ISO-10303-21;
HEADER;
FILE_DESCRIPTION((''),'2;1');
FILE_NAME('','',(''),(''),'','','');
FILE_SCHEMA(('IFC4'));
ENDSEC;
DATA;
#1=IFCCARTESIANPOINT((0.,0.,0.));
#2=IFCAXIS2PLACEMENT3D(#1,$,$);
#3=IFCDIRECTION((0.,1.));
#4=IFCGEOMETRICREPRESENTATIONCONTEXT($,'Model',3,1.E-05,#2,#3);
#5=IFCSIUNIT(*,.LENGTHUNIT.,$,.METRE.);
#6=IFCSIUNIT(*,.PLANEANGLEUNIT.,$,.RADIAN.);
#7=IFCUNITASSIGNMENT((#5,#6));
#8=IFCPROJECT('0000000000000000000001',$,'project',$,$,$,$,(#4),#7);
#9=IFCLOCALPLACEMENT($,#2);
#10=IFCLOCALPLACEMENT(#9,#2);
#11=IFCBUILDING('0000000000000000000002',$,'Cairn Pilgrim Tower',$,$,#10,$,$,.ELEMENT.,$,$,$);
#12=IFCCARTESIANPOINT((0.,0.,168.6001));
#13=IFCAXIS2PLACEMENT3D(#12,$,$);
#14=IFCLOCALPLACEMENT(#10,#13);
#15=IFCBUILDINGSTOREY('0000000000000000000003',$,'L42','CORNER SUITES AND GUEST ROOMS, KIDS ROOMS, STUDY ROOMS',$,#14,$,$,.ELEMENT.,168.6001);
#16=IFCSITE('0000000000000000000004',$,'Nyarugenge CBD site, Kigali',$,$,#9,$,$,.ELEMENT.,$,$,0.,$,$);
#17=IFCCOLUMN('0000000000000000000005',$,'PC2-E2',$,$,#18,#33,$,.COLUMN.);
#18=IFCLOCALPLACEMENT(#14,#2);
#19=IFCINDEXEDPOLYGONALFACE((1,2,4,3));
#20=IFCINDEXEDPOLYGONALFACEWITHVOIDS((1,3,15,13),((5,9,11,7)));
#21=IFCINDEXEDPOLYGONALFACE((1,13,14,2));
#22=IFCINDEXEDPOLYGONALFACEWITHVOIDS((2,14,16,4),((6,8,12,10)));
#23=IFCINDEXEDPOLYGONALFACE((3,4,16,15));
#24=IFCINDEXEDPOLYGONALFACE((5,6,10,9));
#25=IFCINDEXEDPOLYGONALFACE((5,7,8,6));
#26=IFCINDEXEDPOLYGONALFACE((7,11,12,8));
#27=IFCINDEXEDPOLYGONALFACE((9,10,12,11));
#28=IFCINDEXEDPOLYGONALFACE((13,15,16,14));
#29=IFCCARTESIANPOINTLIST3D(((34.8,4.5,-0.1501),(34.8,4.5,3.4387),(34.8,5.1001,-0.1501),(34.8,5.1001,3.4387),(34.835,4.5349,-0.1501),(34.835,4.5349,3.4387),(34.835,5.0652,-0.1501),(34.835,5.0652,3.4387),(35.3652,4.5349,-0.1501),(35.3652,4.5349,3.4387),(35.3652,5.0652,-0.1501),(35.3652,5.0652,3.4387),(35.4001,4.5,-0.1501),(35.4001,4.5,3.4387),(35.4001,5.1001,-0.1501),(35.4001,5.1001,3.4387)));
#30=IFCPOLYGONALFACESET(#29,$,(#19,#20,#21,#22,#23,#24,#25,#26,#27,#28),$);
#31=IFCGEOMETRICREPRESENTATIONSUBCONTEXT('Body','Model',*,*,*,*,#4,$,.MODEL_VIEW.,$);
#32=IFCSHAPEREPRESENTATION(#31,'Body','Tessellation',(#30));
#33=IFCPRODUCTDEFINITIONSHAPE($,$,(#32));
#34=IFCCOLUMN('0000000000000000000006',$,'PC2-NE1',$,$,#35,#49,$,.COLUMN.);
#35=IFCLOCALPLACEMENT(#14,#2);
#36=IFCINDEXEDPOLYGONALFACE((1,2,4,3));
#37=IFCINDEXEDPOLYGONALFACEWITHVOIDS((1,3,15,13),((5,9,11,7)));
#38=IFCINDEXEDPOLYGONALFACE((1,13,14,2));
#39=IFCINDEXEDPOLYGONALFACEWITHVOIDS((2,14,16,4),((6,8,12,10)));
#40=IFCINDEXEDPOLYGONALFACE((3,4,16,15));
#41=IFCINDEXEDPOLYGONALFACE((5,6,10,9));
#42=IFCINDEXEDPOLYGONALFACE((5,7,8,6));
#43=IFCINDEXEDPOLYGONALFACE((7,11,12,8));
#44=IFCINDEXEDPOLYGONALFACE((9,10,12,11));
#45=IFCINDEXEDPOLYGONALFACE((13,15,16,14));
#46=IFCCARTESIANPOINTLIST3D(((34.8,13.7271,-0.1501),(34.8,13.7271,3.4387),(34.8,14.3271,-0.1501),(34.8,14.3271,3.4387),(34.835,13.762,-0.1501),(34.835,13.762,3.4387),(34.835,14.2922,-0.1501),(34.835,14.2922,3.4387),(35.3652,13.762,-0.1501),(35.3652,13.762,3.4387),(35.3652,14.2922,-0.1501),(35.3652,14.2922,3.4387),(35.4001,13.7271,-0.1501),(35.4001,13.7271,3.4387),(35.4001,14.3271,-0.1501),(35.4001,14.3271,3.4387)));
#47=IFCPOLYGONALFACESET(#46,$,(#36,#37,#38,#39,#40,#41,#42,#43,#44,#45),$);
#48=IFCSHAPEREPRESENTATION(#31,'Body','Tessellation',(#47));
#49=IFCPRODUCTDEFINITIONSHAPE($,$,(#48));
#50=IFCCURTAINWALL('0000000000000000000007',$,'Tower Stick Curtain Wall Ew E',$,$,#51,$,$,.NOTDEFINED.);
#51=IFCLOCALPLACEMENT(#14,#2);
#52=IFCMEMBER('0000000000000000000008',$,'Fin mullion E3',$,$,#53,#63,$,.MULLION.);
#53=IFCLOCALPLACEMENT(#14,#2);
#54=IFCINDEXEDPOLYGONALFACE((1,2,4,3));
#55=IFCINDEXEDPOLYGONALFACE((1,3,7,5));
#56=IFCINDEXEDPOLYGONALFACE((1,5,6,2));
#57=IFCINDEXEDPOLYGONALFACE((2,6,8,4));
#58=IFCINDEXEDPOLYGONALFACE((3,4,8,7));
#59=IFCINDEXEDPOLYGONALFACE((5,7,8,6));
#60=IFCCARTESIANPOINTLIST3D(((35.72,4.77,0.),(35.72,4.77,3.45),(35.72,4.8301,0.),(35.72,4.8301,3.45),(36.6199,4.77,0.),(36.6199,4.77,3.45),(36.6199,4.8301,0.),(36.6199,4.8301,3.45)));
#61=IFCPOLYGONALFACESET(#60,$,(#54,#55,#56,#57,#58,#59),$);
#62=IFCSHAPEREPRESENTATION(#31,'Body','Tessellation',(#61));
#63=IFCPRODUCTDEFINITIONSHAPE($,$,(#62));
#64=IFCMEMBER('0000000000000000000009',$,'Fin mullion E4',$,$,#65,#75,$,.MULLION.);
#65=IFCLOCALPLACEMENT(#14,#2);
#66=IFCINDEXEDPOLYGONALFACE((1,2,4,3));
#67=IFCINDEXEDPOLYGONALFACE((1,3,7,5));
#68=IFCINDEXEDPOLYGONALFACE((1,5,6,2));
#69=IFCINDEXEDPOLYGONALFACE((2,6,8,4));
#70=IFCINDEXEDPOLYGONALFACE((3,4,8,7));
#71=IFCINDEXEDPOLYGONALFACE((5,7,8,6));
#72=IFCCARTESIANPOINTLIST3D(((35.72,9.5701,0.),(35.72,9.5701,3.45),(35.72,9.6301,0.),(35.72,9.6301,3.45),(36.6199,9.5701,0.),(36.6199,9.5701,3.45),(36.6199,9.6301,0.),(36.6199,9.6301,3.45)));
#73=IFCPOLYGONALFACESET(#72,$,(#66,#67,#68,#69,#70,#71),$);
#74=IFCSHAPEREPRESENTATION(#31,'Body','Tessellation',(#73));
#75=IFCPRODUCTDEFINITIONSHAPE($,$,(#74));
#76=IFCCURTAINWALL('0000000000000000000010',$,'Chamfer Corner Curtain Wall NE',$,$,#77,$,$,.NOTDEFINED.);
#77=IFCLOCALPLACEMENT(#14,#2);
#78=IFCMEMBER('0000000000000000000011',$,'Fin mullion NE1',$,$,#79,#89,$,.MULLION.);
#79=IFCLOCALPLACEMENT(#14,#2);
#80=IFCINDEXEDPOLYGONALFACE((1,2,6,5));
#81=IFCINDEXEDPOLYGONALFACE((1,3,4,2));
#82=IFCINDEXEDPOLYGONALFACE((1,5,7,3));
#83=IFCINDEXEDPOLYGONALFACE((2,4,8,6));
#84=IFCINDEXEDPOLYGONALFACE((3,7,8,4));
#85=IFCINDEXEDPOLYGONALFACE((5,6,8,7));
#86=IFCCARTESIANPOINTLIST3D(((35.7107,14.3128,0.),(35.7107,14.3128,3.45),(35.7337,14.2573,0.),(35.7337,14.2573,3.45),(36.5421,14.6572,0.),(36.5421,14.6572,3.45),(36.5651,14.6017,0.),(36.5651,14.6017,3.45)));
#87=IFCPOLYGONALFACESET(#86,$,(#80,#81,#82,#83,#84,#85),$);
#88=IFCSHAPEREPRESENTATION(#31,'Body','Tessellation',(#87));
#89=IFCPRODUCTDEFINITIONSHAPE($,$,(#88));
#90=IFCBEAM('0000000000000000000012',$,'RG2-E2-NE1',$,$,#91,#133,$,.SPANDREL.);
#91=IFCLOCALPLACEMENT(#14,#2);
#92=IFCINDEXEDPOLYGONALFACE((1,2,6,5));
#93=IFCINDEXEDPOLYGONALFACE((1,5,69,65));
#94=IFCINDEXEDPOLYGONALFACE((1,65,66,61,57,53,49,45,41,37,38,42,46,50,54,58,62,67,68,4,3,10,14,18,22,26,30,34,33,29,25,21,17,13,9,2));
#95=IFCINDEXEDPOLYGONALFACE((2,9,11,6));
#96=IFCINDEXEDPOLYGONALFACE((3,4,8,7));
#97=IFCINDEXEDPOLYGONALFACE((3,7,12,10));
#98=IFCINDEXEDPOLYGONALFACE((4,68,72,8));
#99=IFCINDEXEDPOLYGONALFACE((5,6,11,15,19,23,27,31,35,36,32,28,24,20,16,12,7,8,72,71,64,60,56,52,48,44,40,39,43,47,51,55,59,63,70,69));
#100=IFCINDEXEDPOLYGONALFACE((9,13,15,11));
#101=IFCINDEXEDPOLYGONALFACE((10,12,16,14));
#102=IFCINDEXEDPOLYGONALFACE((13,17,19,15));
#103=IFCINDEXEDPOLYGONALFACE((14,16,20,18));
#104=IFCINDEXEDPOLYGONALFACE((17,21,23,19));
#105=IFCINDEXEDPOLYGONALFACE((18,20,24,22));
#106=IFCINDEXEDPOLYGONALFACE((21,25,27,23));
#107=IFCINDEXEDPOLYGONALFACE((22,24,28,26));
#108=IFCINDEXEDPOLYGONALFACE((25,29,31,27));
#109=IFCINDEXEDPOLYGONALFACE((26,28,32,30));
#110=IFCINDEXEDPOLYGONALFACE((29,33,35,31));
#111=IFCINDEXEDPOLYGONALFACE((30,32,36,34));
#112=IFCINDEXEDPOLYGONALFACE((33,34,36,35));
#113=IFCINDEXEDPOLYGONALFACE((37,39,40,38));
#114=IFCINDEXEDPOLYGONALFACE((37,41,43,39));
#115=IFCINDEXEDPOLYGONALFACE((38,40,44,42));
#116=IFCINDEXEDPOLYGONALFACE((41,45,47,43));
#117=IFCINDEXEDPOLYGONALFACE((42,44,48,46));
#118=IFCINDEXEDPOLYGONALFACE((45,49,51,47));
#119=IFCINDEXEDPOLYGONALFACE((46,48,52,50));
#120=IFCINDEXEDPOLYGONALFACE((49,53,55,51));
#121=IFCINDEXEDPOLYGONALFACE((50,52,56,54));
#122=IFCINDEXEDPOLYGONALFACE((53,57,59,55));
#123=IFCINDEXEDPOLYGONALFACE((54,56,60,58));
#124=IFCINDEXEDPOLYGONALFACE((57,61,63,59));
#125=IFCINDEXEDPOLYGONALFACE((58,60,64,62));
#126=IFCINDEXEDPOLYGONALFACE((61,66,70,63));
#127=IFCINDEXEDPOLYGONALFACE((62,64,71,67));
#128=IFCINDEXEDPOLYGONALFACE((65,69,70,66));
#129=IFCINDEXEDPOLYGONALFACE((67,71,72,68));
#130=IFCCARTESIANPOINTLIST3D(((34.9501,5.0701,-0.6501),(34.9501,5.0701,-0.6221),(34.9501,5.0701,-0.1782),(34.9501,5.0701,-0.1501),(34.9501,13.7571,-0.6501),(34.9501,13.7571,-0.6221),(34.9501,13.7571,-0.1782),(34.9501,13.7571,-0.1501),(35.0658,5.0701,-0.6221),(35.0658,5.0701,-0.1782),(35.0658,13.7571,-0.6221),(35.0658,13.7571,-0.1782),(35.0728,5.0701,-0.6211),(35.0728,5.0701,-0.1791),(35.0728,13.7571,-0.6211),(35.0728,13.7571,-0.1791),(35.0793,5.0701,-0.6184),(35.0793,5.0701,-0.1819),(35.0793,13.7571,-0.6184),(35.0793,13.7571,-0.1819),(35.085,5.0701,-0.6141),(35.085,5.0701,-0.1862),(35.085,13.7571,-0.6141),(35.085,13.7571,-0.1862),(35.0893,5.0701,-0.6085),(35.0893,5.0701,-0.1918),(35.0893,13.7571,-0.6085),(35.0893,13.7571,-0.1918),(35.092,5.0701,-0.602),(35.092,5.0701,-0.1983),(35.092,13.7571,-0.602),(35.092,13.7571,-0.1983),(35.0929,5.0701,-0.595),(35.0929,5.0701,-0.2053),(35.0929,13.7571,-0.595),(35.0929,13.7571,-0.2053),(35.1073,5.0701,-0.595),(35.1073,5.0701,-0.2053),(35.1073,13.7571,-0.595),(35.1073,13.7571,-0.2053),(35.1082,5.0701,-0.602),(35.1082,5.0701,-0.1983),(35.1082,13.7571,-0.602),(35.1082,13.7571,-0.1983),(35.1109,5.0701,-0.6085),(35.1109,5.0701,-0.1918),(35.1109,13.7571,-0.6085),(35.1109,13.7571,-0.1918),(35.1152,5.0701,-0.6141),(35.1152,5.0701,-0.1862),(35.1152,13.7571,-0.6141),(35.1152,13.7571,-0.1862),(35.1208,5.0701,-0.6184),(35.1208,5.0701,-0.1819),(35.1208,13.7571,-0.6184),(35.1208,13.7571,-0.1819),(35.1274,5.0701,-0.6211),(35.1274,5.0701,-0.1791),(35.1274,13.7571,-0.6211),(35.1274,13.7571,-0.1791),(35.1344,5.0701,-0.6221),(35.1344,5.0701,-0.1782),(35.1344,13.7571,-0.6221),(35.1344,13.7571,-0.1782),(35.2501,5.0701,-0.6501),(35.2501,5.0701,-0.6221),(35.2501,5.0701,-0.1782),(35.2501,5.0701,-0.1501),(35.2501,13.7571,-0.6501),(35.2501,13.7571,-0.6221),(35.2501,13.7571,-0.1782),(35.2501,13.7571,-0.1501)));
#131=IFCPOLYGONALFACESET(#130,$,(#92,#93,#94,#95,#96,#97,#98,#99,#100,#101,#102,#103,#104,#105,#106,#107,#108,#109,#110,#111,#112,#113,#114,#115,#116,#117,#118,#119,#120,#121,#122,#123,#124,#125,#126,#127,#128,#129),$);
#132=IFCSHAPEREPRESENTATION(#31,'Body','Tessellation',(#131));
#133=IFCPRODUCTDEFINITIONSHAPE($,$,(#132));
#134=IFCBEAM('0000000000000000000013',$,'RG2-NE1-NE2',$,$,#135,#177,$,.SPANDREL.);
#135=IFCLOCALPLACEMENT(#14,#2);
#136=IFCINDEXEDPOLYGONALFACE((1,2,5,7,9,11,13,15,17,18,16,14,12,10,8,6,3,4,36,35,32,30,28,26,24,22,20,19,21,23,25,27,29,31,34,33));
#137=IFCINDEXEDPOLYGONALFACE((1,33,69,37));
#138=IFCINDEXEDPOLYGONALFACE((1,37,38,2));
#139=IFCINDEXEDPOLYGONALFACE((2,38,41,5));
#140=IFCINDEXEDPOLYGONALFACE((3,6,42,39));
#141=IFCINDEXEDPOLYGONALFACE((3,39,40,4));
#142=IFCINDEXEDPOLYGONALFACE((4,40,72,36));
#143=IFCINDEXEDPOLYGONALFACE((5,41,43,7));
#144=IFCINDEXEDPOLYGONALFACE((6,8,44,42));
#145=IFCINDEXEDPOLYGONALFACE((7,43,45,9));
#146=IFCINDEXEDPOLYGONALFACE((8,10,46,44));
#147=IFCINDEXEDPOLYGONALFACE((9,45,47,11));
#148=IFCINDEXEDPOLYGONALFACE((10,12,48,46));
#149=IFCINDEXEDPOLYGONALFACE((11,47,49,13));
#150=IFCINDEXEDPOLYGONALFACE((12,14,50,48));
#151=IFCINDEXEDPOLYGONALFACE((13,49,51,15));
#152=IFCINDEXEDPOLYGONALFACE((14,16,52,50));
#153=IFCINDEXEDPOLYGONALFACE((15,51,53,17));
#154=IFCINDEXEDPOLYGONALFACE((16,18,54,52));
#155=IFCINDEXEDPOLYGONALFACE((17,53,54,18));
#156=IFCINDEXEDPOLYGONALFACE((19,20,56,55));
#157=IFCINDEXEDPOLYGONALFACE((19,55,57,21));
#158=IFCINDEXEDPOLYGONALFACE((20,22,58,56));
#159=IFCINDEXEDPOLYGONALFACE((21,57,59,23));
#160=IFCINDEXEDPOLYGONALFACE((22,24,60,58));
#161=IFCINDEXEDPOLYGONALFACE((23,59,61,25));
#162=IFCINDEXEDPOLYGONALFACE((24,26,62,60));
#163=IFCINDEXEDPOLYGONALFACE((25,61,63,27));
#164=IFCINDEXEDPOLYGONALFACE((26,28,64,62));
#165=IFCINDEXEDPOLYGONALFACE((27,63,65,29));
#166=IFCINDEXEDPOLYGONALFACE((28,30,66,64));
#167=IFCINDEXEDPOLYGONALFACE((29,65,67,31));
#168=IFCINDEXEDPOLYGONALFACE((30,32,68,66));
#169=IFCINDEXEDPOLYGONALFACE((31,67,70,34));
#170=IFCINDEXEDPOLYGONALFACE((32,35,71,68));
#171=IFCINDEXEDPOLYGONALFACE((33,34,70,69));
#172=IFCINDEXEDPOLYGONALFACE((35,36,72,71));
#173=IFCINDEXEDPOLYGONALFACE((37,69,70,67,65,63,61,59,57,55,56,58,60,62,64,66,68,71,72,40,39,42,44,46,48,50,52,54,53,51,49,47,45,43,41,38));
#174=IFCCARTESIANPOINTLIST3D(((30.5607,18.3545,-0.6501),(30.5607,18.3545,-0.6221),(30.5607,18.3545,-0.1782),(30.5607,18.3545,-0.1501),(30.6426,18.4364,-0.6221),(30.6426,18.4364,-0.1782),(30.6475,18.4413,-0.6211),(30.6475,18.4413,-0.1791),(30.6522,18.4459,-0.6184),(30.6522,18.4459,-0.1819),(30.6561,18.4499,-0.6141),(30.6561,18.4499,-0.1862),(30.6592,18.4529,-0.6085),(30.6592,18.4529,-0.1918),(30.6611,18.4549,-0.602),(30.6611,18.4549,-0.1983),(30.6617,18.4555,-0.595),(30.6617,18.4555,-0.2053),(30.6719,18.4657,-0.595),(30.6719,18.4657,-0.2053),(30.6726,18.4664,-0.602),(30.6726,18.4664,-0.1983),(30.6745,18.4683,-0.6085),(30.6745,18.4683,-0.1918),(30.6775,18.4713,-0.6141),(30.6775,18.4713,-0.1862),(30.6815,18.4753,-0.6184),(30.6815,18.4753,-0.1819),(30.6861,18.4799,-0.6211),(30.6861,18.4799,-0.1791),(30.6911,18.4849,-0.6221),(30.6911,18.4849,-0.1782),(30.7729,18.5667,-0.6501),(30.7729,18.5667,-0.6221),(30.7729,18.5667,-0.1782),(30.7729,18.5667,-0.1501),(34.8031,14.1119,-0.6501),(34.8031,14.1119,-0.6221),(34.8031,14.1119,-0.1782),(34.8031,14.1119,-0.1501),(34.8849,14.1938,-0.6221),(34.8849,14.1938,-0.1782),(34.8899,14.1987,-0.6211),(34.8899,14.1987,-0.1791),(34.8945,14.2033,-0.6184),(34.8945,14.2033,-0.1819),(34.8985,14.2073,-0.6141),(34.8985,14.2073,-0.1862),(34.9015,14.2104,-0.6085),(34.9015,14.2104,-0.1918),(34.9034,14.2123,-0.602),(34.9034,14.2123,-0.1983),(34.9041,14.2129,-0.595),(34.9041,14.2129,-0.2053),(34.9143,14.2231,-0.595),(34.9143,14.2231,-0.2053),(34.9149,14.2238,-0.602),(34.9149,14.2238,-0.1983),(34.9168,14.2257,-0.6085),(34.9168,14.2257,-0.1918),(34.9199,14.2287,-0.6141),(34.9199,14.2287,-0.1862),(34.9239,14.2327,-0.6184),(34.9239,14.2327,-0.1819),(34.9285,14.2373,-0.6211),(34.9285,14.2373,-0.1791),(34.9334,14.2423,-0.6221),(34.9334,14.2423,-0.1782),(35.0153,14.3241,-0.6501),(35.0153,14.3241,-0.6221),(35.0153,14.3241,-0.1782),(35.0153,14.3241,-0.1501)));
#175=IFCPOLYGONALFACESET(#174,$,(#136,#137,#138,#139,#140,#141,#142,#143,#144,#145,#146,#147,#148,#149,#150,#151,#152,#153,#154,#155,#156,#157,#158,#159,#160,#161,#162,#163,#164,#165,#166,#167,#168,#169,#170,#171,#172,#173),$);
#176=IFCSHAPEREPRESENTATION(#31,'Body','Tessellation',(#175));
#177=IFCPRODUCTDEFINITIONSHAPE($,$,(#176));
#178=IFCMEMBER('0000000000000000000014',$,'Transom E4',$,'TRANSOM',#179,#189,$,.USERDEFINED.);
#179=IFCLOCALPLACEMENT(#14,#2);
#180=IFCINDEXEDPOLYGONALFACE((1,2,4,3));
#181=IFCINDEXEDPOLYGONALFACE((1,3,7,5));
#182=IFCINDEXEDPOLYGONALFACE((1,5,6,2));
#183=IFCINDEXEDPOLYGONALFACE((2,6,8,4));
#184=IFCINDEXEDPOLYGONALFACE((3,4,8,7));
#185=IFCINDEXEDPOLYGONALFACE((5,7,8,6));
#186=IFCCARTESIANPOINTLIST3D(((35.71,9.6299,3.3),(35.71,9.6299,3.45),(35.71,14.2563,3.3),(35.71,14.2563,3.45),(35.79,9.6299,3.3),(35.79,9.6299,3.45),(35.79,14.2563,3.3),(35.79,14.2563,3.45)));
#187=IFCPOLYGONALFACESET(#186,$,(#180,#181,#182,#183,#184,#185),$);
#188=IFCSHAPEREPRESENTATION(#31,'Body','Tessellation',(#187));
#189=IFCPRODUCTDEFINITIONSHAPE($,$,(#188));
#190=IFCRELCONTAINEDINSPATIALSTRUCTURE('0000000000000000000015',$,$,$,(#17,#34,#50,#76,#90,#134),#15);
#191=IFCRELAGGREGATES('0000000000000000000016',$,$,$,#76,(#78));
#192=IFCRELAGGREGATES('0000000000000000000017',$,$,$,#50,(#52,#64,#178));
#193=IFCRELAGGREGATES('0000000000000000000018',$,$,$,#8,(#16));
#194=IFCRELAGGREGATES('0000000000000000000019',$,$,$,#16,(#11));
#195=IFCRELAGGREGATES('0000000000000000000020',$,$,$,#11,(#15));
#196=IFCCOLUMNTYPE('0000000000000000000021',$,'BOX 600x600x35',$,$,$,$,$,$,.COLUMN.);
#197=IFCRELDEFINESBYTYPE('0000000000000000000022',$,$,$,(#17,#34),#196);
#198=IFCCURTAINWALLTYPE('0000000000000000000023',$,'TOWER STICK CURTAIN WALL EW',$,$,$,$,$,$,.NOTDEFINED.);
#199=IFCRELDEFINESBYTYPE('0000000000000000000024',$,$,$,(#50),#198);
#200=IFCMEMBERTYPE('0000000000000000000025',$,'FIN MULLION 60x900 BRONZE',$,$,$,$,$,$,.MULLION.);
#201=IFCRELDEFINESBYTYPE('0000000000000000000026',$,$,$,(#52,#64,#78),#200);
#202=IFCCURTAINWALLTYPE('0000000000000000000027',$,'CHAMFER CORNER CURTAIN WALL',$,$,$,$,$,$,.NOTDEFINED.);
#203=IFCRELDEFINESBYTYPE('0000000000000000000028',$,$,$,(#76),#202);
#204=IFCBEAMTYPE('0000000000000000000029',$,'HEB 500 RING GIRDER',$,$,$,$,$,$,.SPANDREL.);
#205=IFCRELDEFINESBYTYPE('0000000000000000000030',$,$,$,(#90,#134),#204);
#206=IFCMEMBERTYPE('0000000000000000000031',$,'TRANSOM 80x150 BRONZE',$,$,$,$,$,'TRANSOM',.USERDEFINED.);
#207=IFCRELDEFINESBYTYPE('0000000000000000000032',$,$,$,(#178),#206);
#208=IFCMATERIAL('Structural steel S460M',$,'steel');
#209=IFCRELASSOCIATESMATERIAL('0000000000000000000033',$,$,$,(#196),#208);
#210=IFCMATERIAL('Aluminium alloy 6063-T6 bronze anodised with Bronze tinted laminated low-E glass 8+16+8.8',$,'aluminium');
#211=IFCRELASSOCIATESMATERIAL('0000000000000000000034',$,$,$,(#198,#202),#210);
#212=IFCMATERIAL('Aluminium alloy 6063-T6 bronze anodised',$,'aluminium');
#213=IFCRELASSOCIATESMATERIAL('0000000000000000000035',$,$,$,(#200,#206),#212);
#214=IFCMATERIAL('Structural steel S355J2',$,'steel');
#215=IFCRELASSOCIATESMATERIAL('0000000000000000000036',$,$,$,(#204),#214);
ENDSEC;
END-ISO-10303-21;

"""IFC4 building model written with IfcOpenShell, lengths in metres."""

from ifc_helpers import new_model, si_unit, direction, frame, origin, origin_2d, place, context, subcontext, project, spatial, rectangle, hollow_rectangle, i_section, extrude, clip, halfspace, material, material_profile, profile_set, type_object, element, aggregate, save


model = new_model("IFC4")

# Units and contexts
model_context = context("Model", 3, precision=1e-05, world=origin(), true_north=direction((0.0, 1.0)))
body_context = subcontext(model_context, "Body", "Model", "MODEL_VIEW")
ifc_project = project(units=[si_unit("LENGTHUNIT", "METRE"), si_unit("PLANEANGLEUNIT", "RADIAN")], contexts=[model_context])

# Site, building, storey
site_placement = place(None, origin())
site = spatial("IfcSite", under=ifc_project, at=site_placement, Name="Nyarugenge CBD site, Kigali", CompositionType="ELEMENT", RefElevation=0.0)
building_placement = place(site_placement, origin())
building = spatial("IfcBuilding", under=site, at=building_placement, Name="Cairn Pilgrim Tower", CompositionType="ELEMENT")
storey_placement = place(building_placement, frame((0.0, 0.0, 168.6001)))
storey = spatial("IfcBuildingStorey", under=building, at=storey_placement, Name="L42", Description="CORNER SUITES AND GUEST ROOMS, KIDS ROOMS, STUDY ROOMS", CompositionType="ELEMENT", Elevation=168.6001)

# Columns
ifc_material_1 = material(Name="Structural steel S460M", Category="steel")
ifc_material_profile_1 = material_profile(ifc_material_1, hollow_rectangle(XDim=0.6001, YDim=0.6001, WallThickness=0.0349, at=origin_2d()), Name="BOX 600x600x35")
ifc_profile_set_1 = profile_set([ifc_material_profile_1], Name="Structural steel S460M")
column_type = type_object("IfcColumnType", Name="BOX 600x600x35", PredefinedType="COLUMN", material=ifc_profile_set_1)
for number, where, z_axis, x_axis, name in (
    (1, (35.1001, 4.8, -0.1501), (0.0, 0.0, 1.0), (1.0, 0.0, 0.0), "PC2-E2"),
    (2, (35.1001, 14.0271, -0.1501), (0.0, 0.0, 1.0), (1.0, 0.0, 0.0), "PC2-NE1"),
):
    element("IfcColumn", number, at=place(storey_placement, frame(where, z_axis=z_axis, x_axis=x_axis)), inside=storey, type_object=column_type, Name=name, PredefinedType="COLUMN", context=body_context, shape_type="Clipping", body=[
        clip(extrude(hollow_rectangle(XDim=0.6001, YDim=0.6001, WallThickness=0.0349, at=origin_2d()), origin(), (0.0, 0.0, 1.0), 3.6001), halfspace(frame((0.0, 0.0, 3.5889), z_axis=(0.0, 0.0, 1.0), x_axis=(1.0, 0.0, 0.0)), False)),
    ])

# Curtain wall, members
ifc_material_2 = material(Name="Aluminium alloy 6063-T6 bronze anodised with Bronze tinted laminated low-E glass 8+16+8.8", Category="aluminium")
curtain_wall_type_1 = type_object("IfcCurtainWallType", Name="TOWER STICK CURTAIN WALL EW", PredefinedType="NOTDEFINED", material=ifc_material_2)
curtain_wall_1_placement = place(storey_placement, origin())
curtain_wall_1 = element("IfcCurtainWall", 3, at=curtain_wall_1_placement, inside=storey, type_object=curtain_wall_type_1, Name="Tower Stick Curtain Wall Ew E", PredefinedType="NOTDEFINED")
ifc_material_3 = material(Name="Aluminium alloy 6063-T6 bronze anodised", Category="aluminium")
ifc_material_profile_2 = material_profile(ifc_material_3, rectangle(XDim=0.8999, YDim=0.0601, at=origin_2d()), Name="FIN MULLION 60x900 BRONZE")
ifc_profile_set_2 = profile_set([ifc_material_profile_2], Name="Aluminium alloy 6063-T6 bronze anodised")
member_type_1 = type_object("IfcMemberType", Name="FIN MULLION 60x900 BRONZE", PredefinedType="MULLION", material=ifc_profile_set_2)
member_1_placement = place(storey_placement, frame((36.1699, 4.8, 0.0), z_axis=(0.0, 0.0, 1.0), x_axis=(1.0, 0.0, 0.0)))
member_1 = element("IfcMember", 4, at=member_1_placement, type_object=member_type_1, Name="Fin mullion E3", PredefinedType="MULLION", context=body_context, shape_type="SweptSolid", body=[
    extrude(rectangle(XDim=0.8999, YDim=0.0601, at=origin_2d()), origin(), (0.0, 0.0, 1.0), 3.45),
])
member_2_placement = place(storey_placement, frame((36.1699, 9.6001, 0.0), z_axis=(0.0, 0.0, 1.0), x_axis=(1.0, 0.0, 0.0)))
member_2 = element("IfcMember", 5, at=member_2_placement, type_object=member_type_1, Name="Fin mullion E4", PredefinedType="MULLION", context=body_context, shape_type="SweptSolid", body=[
    extrude(rectangle(XDim=0.8999, YDim=0.0601, at=origin_2d()), origin(), (0.0, 0.0, 1.0), 3.45),
])

# Curtain wall, member
curtain_wall_type_2 = type_object("IfcCurtainWallType", Name="CHAMFER CORNER CURTAIN WALL", PredefinedType="NOTDEFINED", material=ifc_material_2)
curtain_wall_2_placement = place(storey_placement, origin())
curtain_wall_2 = element("IfcCurtainWall", 6, at=curtain_wall_2_placement, inside=storey, type_object=curtain_wall_type_2, Name="Chamfer Corner Curtain Wall NE", PredefinedType="NOTDEFINED")
member_3_placement = place(storey_placement, frame((36.1379, 14.4573, 0.0), z_axis=(0.0, 0.0, 1.0), x_axis=(0.92388, 0.382683, 0.0)))
member_3 = element("IfcMember", 7, at=member_3_placement, type_object=member_type_1, Name="Fin mullion NE1", PredefinedType="MULLION", context=body_context, shape_type="SweptSolid", body=[
    extrude(rectangle(XDim=0.8999, YDim=0.0601, at=origin_2d()), origin(), (0.0, 0.0, 1.0), 3.45),
])

# Beams
ifc_material_4 = material(Name="Structural steel S355J2", Category="steel")
ifc_material_profile_3 = material_profile(ifc_material_4, i_section(OverallWidth=0.3, OverallDepth=0.5, WebThickness=0.0144, FlangeThickness=0.0281, FilletRadius=0.0271, at=origin_2d()), Name="HEB 500")
ifc_profile_set_3 = profile_set([ifc_material_profile_3], Name="Structural steel S355J2")
beam_type = type_object("IfcBeamType", Name="HEB 500 RING GIRDER", PredefinedType="SPANDREL", material=ifc_profile_set_3)
beam_1_placement = place(storey_placement, frame((35.1001, 5.0701, -0.4001), z_axis=(0.0, 1.0, 0.0), x_axis=(-1.0, 0.0, 0.0)))
element("IfcBeam", 8, at=beam_1_placement, inside=storey, type_object=beam_type, Name="RG2-E2-NE1", PredefinedType="SPANDREL", context=body_context, shape_type="SweptSolid", body=[
    extrude(i_section(OverallWidth=0.3, OverallDepth=0.5, WebThickness=0.0144, FlangeThickness=0.0281, FilletRadius=0.0271, at=origin_2d()), origin(), (0.0, 0.0, 1.0), 8.687),
])
beam_2_placement = place(storey_placement, frame((34.9092, 14.218, -0.4001), z_axis=(-0.707086, 0.707127, 0.0), x_axis=(-0.707127, -0.707086, 0.0)))
element("IfcBeam", 9, at=beam_2_placement, inside=storey, type_object=beam_type, Name="RG2-NE1-NE2", PredefinedType="SPANDREL", context=body_context, shape_type="SweptSolid", body=[
    extrude(i_section(OverallWidth=0.3, OverallDepth=0.5, WebThickness=0.0144, FlangeThickness=0.0281, FilletRadius=0.0271, at=origin_2d()), origin(), (0.0, 0.0, 1.0), 5.9998),
])

# Member
ifc_material_profile_4 = material_profile(ifc_material_3, rectangle(XDim=0.0801, YDim=0.1499, at=origin_2d()), Name="TRANSOM 80x150 BRONZE")
ifc_profile_set_4 = profile_set([ifc_material_profile_4], Name="Aluminium alloy 6063-T6 bronze anodised")
member_type_2 = type_object("IfcMemberType", Name="TRANSOM 80x150 BRONZE", ElementType="TRANSOM", PredefinedType="USERDEFINED", material=ifc_profile_set_4)
member_4_placement = place(storey_placement, frame((35.75, 9.6299, 3.375), z_axis=(0.0, 1.0, 0.0), x_axis=(-1.0, 0.0, 0.0)))
member_4 = element("IfcMember", 10, at=member_4_placement, type_object=member_type_2, Name="Transom E4", ObjectType="TRANSOM", PredefinedType="USERDEFINED", context=body_context, shape_type="SweptSolid", body=[
    extrude(rectangle(XDim=0.0801, YDim=0.1499, at=origin_2d()), origin(), (0.0, 0.0, 1.0), 4.6265),
])

aggregate(curtain_wall_2, [member_3])
aggregate(curtain_wall_1, [member_1, member_2, member_4])

save(model, "model.ifc")
